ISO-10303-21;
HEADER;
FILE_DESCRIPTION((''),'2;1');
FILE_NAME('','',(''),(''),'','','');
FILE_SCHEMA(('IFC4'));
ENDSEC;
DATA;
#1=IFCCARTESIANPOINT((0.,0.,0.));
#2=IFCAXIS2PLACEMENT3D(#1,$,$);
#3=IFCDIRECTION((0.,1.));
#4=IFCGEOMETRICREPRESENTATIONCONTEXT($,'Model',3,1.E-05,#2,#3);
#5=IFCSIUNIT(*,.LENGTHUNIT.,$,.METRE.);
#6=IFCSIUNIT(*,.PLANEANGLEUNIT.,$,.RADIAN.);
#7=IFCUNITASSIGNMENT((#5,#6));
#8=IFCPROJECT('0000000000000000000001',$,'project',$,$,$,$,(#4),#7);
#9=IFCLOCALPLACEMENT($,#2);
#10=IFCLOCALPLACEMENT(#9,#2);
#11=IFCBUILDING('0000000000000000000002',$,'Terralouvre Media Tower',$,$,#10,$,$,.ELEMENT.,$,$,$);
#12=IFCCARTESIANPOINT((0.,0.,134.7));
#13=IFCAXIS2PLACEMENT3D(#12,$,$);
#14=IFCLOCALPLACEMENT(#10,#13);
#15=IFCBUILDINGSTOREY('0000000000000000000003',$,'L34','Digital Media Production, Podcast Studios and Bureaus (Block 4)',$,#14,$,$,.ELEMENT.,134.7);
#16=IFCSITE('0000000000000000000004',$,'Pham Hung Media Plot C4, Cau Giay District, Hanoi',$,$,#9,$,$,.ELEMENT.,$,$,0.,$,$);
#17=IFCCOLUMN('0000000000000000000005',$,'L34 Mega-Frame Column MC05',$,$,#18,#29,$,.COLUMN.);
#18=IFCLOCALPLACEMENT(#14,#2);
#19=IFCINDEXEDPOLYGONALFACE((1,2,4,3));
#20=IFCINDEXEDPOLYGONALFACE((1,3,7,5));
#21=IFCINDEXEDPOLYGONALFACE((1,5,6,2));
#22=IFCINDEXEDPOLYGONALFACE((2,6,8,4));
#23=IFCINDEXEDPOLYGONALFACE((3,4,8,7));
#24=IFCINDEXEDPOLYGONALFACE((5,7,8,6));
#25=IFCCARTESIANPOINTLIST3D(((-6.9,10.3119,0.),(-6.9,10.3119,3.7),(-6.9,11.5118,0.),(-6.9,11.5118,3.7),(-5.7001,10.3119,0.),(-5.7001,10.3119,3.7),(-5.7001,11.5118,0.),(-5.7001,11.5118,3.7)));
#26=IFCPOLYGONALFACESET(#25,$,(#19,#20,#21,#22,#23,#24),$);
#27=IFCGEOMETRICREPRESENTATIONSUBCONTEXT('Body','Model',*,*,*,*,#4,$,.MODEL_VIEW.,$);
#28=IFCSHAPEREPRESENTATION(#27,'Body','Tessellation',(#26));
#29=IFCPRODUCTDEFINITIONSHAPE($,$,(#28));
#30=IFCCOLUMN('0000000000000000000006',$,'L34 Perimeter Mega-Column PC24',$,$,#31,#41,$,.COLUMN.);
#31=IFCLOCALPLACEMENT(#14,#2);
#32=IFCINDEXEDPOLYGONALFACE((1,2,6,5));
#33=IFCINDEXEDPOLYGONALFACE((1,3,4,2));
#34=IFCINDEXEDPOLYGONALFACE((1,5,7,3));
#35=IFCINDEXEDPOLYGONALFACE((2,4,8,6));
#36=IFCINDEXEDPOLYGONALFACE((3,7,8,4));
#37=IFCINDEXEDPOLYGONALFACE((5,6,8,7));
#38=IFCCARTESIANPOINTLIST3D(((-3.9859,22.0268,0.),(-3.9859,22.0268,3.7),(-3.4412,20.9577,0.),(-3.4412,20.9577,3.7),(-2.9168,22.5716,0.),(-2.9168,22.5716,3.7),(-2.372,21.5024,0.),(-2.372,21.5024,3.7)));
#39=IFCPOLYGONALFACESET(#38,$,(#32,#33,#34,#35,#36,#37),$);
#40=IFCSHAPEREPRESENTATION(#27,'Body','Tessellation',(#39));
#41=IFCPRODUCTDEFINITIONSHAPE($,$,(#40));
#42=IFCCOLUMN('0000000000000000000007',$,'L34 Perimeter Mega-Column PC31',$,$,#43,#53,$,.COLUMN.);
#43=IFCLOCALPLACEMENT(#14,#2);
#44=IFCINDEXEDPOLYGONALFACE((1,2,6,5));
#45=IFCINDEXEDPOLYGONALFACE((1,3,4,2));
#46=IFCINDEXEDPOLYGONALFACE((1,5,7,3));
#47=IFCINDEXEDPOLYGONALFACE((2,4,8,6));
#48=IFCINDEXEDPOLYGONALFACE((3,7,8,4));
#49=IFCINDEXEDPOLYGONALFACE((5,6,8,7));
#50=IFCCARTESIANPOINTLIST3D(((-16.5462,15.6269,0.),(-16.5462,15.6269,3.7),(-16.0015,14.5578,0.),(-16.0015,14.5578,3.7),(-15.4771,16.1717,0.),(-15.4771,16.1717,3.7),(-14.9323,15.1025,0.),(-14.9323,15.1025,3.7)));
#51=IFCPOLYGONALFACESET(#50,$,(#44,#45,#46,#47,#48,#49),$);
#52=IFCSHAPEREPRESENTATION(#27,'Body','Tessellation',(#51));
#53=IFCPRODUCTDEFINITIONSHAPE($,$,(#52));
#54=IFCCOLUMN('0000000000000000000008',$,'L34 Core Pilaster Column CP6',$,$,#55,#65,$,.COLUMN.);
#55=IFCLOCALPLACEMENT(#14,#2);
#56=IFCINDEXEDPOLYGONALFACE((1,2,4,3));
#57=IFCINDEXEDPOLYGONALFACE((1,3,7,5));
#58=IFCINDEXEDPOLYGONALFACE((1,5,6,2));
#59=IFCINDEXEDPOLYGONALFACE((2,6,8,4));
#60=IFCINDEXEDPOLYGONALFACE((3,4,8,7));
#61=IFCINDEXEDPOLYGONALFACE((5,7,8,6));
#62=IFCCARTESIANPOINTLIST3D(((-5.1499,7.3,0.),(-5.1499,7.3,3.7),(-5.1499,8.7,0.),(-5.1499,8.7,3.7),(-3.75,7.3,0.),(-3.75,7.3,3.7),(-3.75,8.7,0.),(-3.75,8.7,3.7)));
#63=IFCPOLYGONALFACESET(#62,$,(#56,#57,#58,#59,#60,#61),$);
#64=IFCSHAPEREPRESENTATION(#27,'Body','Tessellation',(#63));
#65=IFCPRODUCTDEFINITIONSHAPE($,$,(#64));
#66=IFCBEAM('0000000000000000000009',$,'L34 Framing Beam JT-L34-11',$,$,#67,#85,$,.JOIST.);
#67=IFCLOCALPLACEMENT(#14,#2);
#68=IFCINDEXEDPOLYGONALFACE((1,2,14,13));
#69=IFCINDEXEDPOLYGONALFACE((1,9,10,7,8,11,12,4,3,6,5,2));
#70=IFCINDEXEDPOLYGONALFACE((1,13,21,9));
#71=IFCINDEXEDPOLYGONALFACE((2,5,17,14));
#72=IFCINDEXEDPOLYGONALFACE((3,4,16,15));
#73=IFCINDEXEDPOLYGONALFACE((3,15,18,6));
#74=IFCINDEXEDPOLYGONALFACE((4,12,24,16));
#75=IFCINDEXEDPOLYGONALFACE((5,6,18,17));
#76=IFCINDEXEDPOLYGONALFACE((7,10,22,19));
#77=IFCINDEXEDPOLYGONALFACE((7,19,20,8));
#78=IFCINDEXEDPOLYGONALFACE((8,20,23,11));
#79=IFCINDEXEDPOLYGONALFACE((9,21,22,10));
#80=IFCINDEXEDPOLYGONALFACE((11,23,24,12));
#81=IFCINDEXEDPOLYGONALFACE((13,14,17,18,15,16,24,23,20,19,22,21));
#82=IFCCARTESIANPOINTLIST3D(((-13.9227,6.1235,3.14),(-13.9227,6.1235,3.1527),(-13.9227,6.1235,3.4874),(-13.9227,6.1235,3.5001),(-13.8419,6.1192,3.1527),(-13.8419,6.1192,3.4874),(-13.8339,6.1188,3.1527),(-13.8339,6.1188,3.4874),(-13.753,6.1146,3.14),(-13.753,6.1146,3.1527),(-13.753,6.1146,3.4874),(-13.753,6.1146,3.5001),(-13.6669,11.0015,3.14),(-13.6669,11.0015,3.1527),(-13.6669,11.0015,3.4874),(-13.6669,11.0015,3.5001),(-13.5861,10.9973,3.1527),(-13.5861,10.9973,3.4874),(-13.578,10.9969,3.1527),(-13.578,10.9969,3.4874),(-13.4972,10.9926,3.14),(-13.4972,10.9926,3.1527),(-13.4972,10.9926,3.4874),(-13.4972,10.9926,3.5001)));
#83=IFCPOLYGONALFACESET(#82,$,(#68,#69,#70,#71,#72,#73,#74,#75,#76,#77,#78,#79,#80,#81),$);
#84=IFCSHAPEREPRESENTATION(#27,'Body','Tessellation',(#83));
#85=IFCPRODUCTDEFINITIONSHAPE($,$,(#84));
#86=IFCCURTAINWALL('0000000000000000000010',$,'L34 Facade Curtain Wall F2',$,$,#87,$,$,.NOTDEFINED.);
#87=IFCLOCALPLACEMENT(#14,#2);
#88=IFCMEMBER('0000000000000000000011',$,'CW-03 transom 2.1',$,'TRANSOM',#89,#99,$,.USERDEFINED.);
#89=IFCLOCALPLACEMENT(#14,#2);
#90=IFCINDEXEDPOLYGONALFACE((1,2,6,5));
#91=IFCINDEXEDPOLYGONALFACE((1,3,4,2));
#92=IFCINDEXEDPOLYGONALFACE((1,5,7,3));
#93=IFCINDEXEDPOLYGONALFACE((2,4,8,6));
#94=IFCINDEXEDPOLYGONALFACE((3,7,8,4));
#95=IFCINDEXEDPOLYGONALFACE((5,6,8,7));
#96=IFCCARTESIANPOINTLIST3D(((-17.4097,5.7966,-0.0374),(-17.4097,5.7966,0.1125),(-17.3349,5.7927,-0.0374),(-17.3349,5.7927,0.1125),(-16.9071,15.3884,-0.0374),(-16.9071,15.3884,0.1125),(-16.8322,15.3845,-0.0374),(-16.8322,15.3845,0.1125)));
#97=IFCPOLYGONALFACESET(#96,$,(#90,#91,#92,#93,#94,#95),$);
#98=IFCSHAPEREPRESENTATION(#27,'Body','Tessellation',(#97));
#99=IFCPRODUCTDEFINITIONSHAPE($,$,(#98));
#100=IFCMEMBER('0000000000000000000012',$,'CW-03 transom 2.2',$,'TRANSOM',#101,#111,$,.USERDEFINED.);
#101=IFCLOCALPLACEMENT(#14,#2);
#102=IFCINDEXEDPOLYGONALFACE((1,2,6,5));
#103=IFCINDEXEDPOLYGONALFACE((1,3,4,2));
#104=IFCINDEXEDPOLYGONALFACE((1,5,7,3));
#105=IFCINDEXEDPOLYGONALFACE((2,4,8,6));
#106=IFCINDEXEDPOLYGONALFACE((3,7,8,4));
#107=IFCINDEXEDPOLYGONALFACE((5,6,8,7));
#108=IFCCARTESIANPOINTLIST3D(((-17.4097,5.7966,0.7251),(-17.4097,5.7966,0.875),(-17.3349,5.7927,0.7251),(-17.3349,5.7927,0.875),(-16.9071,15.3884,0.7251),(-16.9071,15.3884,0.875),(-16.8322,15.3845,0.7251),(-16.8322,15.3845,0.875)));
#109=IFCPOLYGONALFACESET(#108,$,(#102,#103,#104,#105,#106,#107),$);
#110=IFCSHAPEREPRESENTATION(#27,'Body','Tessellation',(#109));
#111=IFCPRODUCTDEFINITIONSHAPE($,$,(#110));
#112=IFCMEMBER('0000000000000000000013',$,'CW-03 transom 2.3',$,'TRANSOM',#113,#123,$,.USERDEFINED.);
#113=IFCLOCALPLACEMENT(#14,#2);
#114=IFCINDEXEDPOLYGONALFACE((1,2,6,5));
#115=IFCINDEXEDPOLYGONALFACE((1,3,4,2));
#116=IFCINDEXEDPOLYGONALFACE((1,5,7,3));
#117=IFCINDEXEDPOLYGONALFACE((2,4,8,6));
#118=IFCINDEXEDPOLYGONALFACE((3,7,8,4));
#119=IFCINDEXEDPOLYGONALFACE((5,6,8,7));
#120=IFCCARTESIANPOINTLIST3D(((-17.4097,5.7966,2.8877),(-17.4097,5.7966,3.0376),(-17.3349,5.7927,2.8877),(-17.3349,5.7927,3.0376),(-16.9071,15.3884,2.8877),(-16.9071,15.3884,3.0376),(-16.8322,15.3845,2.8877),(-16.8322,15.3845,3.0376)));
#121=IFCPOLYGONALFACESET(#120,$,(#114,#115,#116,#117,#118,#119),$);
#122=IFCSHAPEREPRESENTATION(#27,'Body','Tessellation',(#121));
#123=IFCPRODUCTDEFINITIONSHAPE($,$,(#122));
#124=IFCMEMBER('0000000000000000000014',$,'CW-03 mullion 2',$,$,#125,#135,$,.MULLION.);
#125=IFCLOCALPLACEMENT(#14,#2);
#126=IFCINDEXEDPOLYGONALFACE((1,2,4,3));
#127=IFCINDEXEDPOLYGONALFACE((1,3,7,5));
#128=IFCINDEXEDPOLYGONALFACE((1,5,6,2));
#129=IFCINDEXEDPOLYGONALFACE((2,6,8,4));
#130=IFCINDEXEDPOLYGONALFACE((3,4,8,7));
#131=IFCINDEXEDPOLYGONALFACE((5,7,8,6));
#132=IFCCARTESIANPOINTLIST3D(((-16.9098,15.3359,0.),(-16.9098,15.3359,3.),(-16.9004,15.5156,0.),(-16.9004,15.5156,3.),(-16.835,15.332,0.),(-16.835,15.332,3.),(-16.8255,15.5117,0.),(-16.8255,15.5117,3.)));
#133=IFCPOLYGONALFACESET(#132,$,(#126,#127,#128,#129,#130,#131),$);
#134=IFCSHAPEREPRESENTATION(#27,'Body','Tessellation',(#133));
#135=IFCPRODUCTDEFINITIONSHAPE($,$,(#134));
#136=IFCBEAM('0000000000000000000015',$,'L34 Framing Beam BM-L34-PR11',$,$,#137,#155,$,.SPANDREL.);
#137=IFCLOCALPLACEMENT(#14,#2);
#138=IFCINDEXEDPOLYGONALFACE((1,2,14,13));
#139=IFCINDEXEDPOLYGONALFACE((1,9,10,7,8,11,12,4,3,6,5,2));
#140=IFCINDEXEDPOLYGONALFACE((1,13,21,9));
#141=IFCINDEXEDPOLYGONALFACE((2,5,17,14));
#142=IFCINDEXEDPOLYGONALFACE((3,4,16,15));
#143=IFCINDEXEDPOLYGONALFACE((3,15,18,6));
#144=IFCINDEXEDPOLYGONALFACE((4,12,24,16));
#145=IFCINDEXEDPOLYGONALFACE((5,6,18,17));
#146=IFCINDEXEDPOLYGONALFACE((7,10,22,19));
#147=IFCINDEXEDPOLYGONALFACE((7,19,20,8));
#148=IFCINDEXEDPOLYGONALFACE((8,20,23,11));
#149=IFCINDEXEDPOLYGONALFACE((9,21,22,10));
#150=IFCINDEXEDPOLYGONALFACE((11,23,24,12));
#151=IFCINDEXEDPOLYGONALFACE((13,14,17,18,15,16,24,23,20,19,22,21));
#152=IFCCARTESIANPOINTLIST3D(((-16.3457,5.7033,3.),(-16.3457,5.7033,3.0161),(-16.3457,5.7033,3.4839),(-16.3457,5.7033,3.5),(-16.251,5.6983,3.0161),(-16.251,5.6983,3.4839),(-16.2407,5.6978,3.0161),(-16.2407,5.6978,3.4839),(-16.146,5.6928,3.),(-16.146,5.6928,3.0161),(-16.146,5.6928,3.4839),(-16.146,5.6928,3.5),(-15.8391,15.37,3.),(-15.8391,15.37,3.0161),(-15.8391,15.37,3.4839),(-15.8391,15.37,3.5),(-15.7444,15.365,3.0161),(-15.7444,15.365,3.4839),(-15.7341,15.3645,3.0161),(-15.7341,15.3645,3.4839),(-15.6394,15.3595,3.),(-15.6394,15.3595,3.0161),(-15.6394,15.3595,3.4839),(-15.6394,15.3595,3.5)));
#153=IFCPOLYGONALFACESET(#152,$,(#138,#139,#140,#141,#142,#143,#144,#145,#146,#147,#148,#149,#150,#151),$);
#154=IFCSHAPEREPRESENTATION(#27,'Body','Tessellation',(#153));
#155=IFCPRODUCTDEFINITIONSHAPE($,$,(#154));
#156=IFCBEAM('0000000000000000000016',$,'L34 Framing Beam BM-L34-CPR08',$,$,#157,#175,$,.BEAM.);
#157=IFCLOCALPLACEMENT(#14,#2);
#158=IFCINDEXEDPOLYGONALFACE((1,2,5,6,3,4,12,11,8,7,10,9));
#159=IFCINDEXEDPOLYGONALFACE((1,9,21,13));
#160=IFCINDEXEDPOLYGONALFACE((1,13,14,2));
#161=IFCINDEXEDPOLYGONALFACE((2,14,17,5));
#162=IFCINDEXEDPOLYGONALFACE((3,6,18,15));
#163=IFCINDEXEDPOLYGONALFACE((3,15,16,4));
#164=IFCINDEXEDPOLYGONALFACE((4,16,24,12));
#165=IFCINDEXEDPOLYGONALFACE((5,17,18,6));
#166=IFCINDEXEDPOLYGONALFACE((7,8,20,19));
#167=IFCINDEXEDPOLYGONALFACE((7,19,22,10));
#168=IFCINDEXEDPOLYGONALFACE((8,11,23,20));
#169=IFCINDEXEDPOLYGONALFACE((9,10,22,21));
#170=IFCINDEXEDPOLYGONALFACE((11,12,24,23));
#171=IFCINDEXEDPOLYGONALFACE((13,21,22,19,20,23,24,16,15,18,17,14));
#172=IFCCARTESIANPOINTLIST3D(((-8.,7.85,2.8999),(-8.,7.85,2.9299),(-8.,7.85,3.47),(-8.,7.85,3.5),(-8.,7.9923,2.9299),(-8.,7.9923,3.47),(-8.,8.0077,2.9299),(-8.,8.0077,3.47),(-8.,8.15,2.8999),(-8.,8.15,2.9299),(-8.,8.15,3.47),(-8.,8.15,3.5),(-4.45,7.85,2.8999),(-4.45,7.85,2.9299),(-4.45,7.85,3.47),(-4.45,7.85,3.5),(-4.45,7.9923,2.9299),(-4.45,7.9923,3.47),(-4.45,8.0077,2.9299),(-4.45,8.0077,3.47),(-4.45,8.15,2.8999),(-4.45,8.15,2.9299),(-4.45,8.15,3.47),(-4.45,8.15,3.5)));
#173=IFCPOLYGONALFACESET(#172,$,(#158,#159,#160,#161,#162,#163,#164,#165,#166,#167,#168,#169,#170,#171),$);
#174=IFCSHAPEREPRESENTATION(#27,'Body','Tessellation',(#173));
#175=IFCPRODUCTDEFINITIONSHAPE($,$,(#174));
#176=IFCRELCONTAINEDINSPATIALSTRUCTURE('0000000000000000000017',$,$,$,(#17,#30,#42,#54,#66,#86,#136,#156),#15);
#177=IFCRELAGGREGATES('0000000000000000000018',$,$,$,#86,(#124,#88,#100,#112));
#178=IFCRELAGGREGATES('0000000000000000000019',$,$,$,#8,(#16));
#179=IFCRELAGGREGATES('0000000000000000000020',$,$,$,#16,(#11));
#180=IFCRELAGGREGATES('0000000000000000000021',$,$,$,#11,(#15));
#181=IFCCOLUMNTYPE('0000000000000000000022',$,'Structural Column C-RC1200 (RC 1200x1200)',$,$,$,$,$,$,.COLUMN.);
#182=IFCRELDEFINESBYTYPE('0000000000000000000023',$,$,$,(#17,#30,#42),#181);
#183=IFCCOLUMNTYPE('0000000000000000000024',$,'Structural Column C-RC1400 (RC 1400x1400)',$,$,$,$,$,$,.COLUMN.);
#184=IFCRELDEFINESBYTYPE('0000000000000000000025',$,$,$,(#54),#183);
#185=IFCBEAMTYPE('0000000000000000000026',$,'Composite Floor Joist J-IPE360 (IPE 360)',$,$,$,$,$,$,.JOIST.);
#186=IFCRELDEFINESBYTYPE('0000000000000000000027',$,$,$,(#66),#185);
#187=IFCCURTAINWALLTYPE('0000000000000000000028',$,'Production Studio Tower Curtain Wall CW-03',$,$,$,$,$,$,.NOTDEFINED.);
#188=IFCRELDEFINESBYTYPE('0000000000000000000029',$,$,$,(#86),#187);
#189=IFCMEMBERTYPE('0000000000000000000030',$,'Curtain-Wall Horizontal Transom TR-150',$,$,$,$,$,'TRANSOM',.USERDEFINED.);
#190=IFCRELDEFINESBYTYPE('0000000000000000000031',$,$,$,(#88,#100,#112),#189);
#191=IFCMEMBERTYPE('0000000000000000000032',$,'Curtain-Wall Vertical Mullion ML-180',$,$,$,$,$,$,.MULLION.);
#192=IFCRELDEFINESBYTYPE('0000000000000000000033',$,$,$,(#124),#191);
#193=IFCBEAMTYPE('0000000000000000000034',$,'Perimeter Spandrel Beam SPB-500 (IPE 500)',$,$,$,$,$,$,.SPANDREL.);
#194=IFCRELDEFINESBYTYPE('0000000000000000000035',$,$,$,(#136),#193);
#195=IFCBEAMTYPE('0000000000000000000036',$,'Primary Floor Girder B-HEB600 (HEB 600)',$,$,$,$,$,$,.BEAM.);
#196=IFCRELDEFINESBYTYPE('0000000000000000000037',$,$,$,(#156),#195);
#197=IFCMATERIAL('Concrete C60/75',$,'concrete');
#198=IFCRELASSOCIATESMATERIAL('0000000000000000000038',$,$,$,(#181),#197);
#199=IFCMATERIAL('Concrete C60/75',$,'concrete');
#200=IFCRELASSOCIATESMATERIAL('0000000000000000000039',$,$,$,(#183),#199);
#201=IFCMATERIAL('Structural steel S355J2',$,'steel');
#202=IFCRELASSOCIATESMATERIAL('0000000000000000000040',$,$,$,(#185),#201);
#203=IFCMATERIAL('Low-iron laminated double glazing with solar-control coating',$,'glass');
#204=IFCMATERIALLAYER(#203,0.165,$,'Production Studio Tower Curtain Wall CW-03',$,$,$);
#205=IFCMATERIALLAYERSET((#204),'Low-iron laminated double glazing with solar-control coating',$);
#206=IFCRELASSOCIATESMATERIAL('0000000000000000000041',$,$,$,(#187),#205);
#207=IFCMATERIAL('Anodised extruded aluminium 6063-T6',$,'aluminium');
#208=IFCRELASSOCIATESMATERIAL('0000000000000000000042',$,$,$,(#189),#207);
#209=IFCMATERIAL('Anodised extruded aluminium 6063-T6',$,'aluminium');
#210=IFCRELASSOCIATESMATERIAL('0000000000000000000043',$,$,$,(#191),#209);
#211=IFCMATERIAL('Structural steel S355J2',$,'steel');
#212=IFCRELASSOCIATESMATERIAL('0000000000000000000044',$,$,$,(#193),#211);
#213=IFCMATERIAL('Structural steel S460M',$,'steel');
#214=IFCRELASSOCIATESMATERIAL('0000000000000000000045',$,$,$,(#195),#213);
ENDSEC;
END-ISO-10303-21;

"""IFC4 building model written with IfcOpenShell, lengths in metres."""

from ifc_helpers import new_model, si_unit, direction, frame, origin, origin_2d, place, context, subcontext, project, spatial, rectangle, i_section, extrude, material, layer, layer_set, material_profile, profile_set, type_object, element, aggregate, save


model = new_model("IFC4")

# Units and contexts
model_context = context("Model", 3, precision=1e-05, world=origin(), true_north=direction((0.0, 1.0)))
body_context = subcontext(model_context, "Body", "Model", "MODEL_VIEW")
ifc_project = project(units=[si_unit("LENGTHUNIT", "METRE"), si_unit("PLANEANGLEUNIT", "RADIAN")], contexts=[model_context])

# Site, building, storey
site_placement = place(None, origin())
site = spatial("IfcSite", under=ifc_project, at=site_placement, Name="Pham Hung Media Plot C4, Cau Giay District, Hanoi", CompositionType="ELEMENT", RefElevation=0.0)
building_placement = place(site_placement, origin())
building = spatial("IfcBuilding", under=site, at=building_placement, Name="Terralouvre Media Tower", CompositionType="ELEMENT")
storey_placement = place(building_placement, frame((0.0, 0.0, 134.7)))
storey = spatial("IfcBuildingStorey", under=building, at=storey_placement, Name="L34", Description="Digital Media Production, Podcast Studios and Bureaus (Block 4)", CompositionType="ELEMENT", Elevation=134.7)

# Columns
ifc_material_1 = material(Name="Concrete C60/75", Category="concrete")
ifc_material_profile_1 = material_profile(ifc_material_1, rectangle(XDim=1.2, YDim=1.2, at=origin_2d()), Name="RC 1200x1200")
ifc_profile_set_1 = profile_set([ifc_material_profile_1], Name="Concrete C60/75")
column_type_1 = type_object("IfcColumnType", Name="Structural Column C-RC1200 (RC 1200x1200)", PredefinedType="COLUMN", material=ifc_profile_set_1)
for number, where, z_axis, x_axis, name in (
    (1, (-6.3, 10.9119, 0.0), (0.0, 0.0, 1.0), (1.0, 0.0, 0.0), "L34 Mega-Frame Column MC05"),
    (2, (-3.179, 21.7646, 0.0), (0.0, 0.0, 1.0), (0.891007, 0.45399, 0.0), "L34 Perimeter Mega-Column PC24"),
    (3, (-15.7393, 15.3647, 0.0), (0.0, 0.0, 1.0), (0.891007, 0.45399, 0.0), "L34 Perimeter Mega-Column PC31"),
):
    element("IfcColumn", number, at=place(storey_placement, frame(where, z_axis=z_axis, x_axis=x_axis)), inside=storey, type_object=column_type_1, Name=name, PredefinedType="COLUMN", context=body_context, shape_type="SweptSolid", body=[
        extrude(rectangle(XDim=1.2, YDim=1.2, at=origin_2d()), origin(), (0.0, 0.0, 1.0), 3.7),
    ])
ifc_material_2 = material(Name="Concrete C60/75", Category="concrete")
ifc_material_profile_2 = material_profile(ifc_material_2, rectangle(XDim=1.3999, YDim=1.3999, at=origin_2d()), Name="RC 1400x1400")
ifc_profile_set_2 = profile_set([ifc_material_profile_2], Name="Concrete C60/75")
column_type_2 = type_object("IfcColumnType", Name="Structural Column C-RC1400 (RC 1400x1400)", PredefinedType="COLUMN", material=ifc_profile_set_2)
column_placement = place(storey_placement, frame((-4.45, 8.0, 0.0), z_axis=(0.0, 0.0, 1.0), x_axis=(1.0, 0.0, 0.0)))
element("IfcColumn", 4, at=column_placement, inside=storey, type_object=column_type_2, Name="L34 Core Pilaster Column CP6", PredefinedType="COLUMN", context=body_context, shape_type="SweptSolid", body=[
    extrude(rectangle(XDim=1.3999, YDim=1.3999, at=origin_2d()), origin(), (0.0, 0.0, 1.0), 3.7),
])

# Beam
ifc_material_3 = material(Name="Structural steel S355J2", Category="steel")
ifc_material_profile_3 = material_profile(ifc_material_3, i_section(OverallWidth=0.1699, OverallDepth=0.3601, WebThickness=0.0081, FlangeThickness=0.0127, at=origin_2d()), Name="IPE 360")
ifc_profile_set_3 = profile_set([ifc_material_profile_3], Name="Structural steel S355J2")
beam_type_1 = type_object("IfcBeamType", Name="Composite Floor Joist J-IPE360 (IPE 360)", PredefinedType="JOIST", material=ifc_profile_set_3)
beam_1_placement = place(storey_placement, frame((-13.582, 10.9971, 3.3201), z_axis=(-0.052378, -0.998627, 0.0), x_axis=(0.998627, -0.052378, 0.0)))
element("IfcBeam", 5, at=beam_1_placement, inside=storey, type_object=beam_type_1, Name="L34 Framing Beam JT-L34-11", PredefinedType="JOIST", context=body_context, shape_type="SweptSolid", body=[
    extrude(i_section(OverallWidth=0.1699, OverallDepth=0.3601, WebThickness=0.0081, FlangeThickness=0.0127, at=origin_2d()), origin(), (0.0, 0.0, 1.0), 4.8848),
])

# Curtain wall, members
ifc_material_4 = material(Name="Low-iron laminated double glazing with solar-control coating", Category="glass")
ifc_layer_1 = layer(ifc_material_4, 0.165, Name="Production Studio Tower Curtain Wall CW-03")
ifc_layer_set_1 = layer_set([ifc_layer_1], Name="Low-iron laminated double glazing with solar-control coating")
curtain_wall_type = type_object("IfcCurtainWallType", Name="Production Studio Tower Curtain Wall CW-03", PredefinedType="NOTDEFINED", material=ifc_layer_set_1)
curtain_wall_placement = place(storey_placement, origin())
curtain_wall = element("IfcCurtainWall", 6, at=curtain_wall_placement, inside=storey, type_object=curtain_wall_type, Name="L34 Facade Curtain Wall F2", PredefinedType="NOTDEFINED")
ifc_material_5 = material(Name="Anodised extruded aluminium 6063-T6", Category="aluminium")
ifc_material_profile_4 = material_profile(ifc_material_5, rectangle(XDim=0.075, YDim=0.1499, at=origin_2d()), Name="ALU 75x150")
ifc_profile_set_4 = profile_set([ifc_material_profile_4], Name="Anodised extruded aluminium 6063-T6")
member_type_1 = type_object("IfcMemberType", Name="Curtain-Wall Horizontal Transom TR-150", ElementType="TRANSOM", PredefinedType="USERDEFINED", material=ifc_profile_set_4)
member_1_placement = place(storey_placement, frame((-16.8696, 15.3865, 0.0376), z_axis=(-0.052336, -0.99863, 0.0), x_axis=(0.99863, -0.052336, 0.0)))
member_1 = element("IfcMember", 7, at=member_1_placement, type_object=member_type_1, Name="CW-03 transom 2.1", ObjectType="TRANSOM", PredefinedType="USERDEFINED", context=body_context, shape_type="SweptSolid", body=[
    extrude(rectangle(XDim=0.075, YDim=0.1499, at=origin_2d()), origin(), (0.0, 0.0, 1.0), 9.605),
])
member_2_placement = place(storey_placement, frame((-16.8696, 15.3865, 0.8), z_axis=(-0.052336, -0.99863, 0.0), x_axis=(0.99863, -0.052336, 0.0)))
member_2 = element("IfcMember", 8, at=member_2_placement, type_object=member_type_1, Name="CW-03 transom 2.2", ObjectType="TRANSOM", PredefinedType="USERDEFINED", context=body_context, shape_type="SweptSolid", body=[
    extrude(rectangle(XDim=0.075, YDim=0.1499, at=origin_2d()), origin(), (0.0, 0.0, 1.0), 9.605),
])
member_3_placement = place(storey_placement, frame((-16.8696, 15.3865, 2.9626), z_axis=(-0.052336, -0.99863, 0.0), x_axis=(0.99863, -0.052336, 0.0)))
member_3 = element("IfcMember", 9, at=member_3_placement, type_object=member_type_1, Name="CW-03 transom 2.3", ObjectType="TRANSOM", PredefinedType="USERDEFINED", context=body_context, shape_type="SweptSolid", body=[
    extrude(rectangle(XDim=0.075, YDim=0.1499, at=origin_2d()), origin(), (0.0, 0.0, 1.0), 9.605),
])
ifc_material_6 = material(Name="Anodised extruded aluminium 6063-T6", Category="aluminium")
ifc_material_profile_5 = material_profile(ifc_material_6, rectangle(XDim=0.075, YDim=0.1799, at=origin_2d()), Name="ALU 75x180")
ifc_profile_set_5 = profile_set([ifc_material_profile_5], Name="Anodised extruded aluminium 6063-T6")
member_type_2 = type_object("IfcMemberType", Name="Curtain-Wall Vertical Mullion ML-180", PredefinedType="MULLION", material=ifc_profile_set_5)
member_4_placement = place(storey_placement, frame((-16.8677, 15.4238, 0.0), z_axis=(0.0, 0.0, 1.0), x_axis=(0.99863, -0.052336, 0.0)))
member_4 = element("IfcMember", 10, at=member_4_placement, type_object=member_type_2, Name="CW-03 mullion 2", PredefinedType="MULLION", context=body_context, shape_type="SweptSolid", body=[
    extrude(rectangle(XDim=0.075, YDim=0.1799, at=origin_2d()), origin(), (0.0, 0.0, 1.0), 3.0),
])

# Beams
ifc_material_7 = material(Name="Structural steel S355J2", Category="steel")
ifc_material_profile_6 = material_profile(ifc_material_7, i_section(OverallWidth=0.2, OverallDepth=0.5, WebThickness=0.0103, FlangeThickness=0.0161, at=origin_2d()), Name="IPE 500")
ifc_profile_set_6 = profile_set([ifc_material_profile_6], Name="Structural steel S355J2")
beam_type_2 = type_object("IfcBeamType", Name="Perimeter Spandrel Beam SPB-500 (IPE 500)", PredefinedType="SPANDREL", material=ifc_profile_set_6)
beam_2_placement = place(storey_placement, frame((-15.7393, 15.3647, 3.25), z_axis=(-0.052334, -0.99863, 0.0), x_axis=(0.99863, -0.052334, 0.0)))
element("IfcBeam", 11, at=beam_2_placement, inside=storey, type_object=beam_type_2, Name="L34 Framing Beam BM-L34-PR11", PredefinedType="SPANDREL", context=body_context, shape_type="SweptSolid", body=[
    extrude(i_section(OverallWidth=0.2, OverallDepth=0.5, WebThickness=0.0103, FlangeThickness=0.0161, at=origin_2d()), origin(), (0.0, 0.0, 1.0), 9.6799),
])
ifc_material_8 = material(Name="Structural steel S460M", Category="steel")
ifc_material_profile_7 = material_profile(ifc_material_8, i_section(OverallWidth=0.3, OverallDepth=0.6001, WebThickness=0.0154, FlangeThickness=0.03, at=origin_2d()), Name="HEB 600")
ifc_profile_set_7 = profile_set([ifc_material_profile_7], Name="Structural steel S460M")
beam_type_3 = type_object("IfcBeamType", Name="Primary Floor Girder B-HEB600 (HEB 600)", PredefinedType="BEAM", material=ifc_profile_set_7)
beam_3_placement = place(storey_placement, frame((-4.45, 8.0, 3.2), z_axis=(-1.0, 0.0, 0.0), x_axis=(0.0, -1.0, 0.0)))
element("IfcBeam", 12, at=beam_3_placement, inside=storey, type_object=beam_type_3, Name="L34 Framing Beam BM-L34-CPR08", PredefinedType="BEAM", context=body_context, shape_type="SweptSolid", body=[
    extrude(i_section(OverallWidth=0.3, OverallDepth=0.6001, WebThickness=0.0154, FlangeThickness=0.03, at=origin_2d()), origin(), (0.0, 0.0, 1.0), 3.55),
])

aggregate(curtain_wall, [member_4, member_1, member_2, member_3])

save(model, "model.ifc")
